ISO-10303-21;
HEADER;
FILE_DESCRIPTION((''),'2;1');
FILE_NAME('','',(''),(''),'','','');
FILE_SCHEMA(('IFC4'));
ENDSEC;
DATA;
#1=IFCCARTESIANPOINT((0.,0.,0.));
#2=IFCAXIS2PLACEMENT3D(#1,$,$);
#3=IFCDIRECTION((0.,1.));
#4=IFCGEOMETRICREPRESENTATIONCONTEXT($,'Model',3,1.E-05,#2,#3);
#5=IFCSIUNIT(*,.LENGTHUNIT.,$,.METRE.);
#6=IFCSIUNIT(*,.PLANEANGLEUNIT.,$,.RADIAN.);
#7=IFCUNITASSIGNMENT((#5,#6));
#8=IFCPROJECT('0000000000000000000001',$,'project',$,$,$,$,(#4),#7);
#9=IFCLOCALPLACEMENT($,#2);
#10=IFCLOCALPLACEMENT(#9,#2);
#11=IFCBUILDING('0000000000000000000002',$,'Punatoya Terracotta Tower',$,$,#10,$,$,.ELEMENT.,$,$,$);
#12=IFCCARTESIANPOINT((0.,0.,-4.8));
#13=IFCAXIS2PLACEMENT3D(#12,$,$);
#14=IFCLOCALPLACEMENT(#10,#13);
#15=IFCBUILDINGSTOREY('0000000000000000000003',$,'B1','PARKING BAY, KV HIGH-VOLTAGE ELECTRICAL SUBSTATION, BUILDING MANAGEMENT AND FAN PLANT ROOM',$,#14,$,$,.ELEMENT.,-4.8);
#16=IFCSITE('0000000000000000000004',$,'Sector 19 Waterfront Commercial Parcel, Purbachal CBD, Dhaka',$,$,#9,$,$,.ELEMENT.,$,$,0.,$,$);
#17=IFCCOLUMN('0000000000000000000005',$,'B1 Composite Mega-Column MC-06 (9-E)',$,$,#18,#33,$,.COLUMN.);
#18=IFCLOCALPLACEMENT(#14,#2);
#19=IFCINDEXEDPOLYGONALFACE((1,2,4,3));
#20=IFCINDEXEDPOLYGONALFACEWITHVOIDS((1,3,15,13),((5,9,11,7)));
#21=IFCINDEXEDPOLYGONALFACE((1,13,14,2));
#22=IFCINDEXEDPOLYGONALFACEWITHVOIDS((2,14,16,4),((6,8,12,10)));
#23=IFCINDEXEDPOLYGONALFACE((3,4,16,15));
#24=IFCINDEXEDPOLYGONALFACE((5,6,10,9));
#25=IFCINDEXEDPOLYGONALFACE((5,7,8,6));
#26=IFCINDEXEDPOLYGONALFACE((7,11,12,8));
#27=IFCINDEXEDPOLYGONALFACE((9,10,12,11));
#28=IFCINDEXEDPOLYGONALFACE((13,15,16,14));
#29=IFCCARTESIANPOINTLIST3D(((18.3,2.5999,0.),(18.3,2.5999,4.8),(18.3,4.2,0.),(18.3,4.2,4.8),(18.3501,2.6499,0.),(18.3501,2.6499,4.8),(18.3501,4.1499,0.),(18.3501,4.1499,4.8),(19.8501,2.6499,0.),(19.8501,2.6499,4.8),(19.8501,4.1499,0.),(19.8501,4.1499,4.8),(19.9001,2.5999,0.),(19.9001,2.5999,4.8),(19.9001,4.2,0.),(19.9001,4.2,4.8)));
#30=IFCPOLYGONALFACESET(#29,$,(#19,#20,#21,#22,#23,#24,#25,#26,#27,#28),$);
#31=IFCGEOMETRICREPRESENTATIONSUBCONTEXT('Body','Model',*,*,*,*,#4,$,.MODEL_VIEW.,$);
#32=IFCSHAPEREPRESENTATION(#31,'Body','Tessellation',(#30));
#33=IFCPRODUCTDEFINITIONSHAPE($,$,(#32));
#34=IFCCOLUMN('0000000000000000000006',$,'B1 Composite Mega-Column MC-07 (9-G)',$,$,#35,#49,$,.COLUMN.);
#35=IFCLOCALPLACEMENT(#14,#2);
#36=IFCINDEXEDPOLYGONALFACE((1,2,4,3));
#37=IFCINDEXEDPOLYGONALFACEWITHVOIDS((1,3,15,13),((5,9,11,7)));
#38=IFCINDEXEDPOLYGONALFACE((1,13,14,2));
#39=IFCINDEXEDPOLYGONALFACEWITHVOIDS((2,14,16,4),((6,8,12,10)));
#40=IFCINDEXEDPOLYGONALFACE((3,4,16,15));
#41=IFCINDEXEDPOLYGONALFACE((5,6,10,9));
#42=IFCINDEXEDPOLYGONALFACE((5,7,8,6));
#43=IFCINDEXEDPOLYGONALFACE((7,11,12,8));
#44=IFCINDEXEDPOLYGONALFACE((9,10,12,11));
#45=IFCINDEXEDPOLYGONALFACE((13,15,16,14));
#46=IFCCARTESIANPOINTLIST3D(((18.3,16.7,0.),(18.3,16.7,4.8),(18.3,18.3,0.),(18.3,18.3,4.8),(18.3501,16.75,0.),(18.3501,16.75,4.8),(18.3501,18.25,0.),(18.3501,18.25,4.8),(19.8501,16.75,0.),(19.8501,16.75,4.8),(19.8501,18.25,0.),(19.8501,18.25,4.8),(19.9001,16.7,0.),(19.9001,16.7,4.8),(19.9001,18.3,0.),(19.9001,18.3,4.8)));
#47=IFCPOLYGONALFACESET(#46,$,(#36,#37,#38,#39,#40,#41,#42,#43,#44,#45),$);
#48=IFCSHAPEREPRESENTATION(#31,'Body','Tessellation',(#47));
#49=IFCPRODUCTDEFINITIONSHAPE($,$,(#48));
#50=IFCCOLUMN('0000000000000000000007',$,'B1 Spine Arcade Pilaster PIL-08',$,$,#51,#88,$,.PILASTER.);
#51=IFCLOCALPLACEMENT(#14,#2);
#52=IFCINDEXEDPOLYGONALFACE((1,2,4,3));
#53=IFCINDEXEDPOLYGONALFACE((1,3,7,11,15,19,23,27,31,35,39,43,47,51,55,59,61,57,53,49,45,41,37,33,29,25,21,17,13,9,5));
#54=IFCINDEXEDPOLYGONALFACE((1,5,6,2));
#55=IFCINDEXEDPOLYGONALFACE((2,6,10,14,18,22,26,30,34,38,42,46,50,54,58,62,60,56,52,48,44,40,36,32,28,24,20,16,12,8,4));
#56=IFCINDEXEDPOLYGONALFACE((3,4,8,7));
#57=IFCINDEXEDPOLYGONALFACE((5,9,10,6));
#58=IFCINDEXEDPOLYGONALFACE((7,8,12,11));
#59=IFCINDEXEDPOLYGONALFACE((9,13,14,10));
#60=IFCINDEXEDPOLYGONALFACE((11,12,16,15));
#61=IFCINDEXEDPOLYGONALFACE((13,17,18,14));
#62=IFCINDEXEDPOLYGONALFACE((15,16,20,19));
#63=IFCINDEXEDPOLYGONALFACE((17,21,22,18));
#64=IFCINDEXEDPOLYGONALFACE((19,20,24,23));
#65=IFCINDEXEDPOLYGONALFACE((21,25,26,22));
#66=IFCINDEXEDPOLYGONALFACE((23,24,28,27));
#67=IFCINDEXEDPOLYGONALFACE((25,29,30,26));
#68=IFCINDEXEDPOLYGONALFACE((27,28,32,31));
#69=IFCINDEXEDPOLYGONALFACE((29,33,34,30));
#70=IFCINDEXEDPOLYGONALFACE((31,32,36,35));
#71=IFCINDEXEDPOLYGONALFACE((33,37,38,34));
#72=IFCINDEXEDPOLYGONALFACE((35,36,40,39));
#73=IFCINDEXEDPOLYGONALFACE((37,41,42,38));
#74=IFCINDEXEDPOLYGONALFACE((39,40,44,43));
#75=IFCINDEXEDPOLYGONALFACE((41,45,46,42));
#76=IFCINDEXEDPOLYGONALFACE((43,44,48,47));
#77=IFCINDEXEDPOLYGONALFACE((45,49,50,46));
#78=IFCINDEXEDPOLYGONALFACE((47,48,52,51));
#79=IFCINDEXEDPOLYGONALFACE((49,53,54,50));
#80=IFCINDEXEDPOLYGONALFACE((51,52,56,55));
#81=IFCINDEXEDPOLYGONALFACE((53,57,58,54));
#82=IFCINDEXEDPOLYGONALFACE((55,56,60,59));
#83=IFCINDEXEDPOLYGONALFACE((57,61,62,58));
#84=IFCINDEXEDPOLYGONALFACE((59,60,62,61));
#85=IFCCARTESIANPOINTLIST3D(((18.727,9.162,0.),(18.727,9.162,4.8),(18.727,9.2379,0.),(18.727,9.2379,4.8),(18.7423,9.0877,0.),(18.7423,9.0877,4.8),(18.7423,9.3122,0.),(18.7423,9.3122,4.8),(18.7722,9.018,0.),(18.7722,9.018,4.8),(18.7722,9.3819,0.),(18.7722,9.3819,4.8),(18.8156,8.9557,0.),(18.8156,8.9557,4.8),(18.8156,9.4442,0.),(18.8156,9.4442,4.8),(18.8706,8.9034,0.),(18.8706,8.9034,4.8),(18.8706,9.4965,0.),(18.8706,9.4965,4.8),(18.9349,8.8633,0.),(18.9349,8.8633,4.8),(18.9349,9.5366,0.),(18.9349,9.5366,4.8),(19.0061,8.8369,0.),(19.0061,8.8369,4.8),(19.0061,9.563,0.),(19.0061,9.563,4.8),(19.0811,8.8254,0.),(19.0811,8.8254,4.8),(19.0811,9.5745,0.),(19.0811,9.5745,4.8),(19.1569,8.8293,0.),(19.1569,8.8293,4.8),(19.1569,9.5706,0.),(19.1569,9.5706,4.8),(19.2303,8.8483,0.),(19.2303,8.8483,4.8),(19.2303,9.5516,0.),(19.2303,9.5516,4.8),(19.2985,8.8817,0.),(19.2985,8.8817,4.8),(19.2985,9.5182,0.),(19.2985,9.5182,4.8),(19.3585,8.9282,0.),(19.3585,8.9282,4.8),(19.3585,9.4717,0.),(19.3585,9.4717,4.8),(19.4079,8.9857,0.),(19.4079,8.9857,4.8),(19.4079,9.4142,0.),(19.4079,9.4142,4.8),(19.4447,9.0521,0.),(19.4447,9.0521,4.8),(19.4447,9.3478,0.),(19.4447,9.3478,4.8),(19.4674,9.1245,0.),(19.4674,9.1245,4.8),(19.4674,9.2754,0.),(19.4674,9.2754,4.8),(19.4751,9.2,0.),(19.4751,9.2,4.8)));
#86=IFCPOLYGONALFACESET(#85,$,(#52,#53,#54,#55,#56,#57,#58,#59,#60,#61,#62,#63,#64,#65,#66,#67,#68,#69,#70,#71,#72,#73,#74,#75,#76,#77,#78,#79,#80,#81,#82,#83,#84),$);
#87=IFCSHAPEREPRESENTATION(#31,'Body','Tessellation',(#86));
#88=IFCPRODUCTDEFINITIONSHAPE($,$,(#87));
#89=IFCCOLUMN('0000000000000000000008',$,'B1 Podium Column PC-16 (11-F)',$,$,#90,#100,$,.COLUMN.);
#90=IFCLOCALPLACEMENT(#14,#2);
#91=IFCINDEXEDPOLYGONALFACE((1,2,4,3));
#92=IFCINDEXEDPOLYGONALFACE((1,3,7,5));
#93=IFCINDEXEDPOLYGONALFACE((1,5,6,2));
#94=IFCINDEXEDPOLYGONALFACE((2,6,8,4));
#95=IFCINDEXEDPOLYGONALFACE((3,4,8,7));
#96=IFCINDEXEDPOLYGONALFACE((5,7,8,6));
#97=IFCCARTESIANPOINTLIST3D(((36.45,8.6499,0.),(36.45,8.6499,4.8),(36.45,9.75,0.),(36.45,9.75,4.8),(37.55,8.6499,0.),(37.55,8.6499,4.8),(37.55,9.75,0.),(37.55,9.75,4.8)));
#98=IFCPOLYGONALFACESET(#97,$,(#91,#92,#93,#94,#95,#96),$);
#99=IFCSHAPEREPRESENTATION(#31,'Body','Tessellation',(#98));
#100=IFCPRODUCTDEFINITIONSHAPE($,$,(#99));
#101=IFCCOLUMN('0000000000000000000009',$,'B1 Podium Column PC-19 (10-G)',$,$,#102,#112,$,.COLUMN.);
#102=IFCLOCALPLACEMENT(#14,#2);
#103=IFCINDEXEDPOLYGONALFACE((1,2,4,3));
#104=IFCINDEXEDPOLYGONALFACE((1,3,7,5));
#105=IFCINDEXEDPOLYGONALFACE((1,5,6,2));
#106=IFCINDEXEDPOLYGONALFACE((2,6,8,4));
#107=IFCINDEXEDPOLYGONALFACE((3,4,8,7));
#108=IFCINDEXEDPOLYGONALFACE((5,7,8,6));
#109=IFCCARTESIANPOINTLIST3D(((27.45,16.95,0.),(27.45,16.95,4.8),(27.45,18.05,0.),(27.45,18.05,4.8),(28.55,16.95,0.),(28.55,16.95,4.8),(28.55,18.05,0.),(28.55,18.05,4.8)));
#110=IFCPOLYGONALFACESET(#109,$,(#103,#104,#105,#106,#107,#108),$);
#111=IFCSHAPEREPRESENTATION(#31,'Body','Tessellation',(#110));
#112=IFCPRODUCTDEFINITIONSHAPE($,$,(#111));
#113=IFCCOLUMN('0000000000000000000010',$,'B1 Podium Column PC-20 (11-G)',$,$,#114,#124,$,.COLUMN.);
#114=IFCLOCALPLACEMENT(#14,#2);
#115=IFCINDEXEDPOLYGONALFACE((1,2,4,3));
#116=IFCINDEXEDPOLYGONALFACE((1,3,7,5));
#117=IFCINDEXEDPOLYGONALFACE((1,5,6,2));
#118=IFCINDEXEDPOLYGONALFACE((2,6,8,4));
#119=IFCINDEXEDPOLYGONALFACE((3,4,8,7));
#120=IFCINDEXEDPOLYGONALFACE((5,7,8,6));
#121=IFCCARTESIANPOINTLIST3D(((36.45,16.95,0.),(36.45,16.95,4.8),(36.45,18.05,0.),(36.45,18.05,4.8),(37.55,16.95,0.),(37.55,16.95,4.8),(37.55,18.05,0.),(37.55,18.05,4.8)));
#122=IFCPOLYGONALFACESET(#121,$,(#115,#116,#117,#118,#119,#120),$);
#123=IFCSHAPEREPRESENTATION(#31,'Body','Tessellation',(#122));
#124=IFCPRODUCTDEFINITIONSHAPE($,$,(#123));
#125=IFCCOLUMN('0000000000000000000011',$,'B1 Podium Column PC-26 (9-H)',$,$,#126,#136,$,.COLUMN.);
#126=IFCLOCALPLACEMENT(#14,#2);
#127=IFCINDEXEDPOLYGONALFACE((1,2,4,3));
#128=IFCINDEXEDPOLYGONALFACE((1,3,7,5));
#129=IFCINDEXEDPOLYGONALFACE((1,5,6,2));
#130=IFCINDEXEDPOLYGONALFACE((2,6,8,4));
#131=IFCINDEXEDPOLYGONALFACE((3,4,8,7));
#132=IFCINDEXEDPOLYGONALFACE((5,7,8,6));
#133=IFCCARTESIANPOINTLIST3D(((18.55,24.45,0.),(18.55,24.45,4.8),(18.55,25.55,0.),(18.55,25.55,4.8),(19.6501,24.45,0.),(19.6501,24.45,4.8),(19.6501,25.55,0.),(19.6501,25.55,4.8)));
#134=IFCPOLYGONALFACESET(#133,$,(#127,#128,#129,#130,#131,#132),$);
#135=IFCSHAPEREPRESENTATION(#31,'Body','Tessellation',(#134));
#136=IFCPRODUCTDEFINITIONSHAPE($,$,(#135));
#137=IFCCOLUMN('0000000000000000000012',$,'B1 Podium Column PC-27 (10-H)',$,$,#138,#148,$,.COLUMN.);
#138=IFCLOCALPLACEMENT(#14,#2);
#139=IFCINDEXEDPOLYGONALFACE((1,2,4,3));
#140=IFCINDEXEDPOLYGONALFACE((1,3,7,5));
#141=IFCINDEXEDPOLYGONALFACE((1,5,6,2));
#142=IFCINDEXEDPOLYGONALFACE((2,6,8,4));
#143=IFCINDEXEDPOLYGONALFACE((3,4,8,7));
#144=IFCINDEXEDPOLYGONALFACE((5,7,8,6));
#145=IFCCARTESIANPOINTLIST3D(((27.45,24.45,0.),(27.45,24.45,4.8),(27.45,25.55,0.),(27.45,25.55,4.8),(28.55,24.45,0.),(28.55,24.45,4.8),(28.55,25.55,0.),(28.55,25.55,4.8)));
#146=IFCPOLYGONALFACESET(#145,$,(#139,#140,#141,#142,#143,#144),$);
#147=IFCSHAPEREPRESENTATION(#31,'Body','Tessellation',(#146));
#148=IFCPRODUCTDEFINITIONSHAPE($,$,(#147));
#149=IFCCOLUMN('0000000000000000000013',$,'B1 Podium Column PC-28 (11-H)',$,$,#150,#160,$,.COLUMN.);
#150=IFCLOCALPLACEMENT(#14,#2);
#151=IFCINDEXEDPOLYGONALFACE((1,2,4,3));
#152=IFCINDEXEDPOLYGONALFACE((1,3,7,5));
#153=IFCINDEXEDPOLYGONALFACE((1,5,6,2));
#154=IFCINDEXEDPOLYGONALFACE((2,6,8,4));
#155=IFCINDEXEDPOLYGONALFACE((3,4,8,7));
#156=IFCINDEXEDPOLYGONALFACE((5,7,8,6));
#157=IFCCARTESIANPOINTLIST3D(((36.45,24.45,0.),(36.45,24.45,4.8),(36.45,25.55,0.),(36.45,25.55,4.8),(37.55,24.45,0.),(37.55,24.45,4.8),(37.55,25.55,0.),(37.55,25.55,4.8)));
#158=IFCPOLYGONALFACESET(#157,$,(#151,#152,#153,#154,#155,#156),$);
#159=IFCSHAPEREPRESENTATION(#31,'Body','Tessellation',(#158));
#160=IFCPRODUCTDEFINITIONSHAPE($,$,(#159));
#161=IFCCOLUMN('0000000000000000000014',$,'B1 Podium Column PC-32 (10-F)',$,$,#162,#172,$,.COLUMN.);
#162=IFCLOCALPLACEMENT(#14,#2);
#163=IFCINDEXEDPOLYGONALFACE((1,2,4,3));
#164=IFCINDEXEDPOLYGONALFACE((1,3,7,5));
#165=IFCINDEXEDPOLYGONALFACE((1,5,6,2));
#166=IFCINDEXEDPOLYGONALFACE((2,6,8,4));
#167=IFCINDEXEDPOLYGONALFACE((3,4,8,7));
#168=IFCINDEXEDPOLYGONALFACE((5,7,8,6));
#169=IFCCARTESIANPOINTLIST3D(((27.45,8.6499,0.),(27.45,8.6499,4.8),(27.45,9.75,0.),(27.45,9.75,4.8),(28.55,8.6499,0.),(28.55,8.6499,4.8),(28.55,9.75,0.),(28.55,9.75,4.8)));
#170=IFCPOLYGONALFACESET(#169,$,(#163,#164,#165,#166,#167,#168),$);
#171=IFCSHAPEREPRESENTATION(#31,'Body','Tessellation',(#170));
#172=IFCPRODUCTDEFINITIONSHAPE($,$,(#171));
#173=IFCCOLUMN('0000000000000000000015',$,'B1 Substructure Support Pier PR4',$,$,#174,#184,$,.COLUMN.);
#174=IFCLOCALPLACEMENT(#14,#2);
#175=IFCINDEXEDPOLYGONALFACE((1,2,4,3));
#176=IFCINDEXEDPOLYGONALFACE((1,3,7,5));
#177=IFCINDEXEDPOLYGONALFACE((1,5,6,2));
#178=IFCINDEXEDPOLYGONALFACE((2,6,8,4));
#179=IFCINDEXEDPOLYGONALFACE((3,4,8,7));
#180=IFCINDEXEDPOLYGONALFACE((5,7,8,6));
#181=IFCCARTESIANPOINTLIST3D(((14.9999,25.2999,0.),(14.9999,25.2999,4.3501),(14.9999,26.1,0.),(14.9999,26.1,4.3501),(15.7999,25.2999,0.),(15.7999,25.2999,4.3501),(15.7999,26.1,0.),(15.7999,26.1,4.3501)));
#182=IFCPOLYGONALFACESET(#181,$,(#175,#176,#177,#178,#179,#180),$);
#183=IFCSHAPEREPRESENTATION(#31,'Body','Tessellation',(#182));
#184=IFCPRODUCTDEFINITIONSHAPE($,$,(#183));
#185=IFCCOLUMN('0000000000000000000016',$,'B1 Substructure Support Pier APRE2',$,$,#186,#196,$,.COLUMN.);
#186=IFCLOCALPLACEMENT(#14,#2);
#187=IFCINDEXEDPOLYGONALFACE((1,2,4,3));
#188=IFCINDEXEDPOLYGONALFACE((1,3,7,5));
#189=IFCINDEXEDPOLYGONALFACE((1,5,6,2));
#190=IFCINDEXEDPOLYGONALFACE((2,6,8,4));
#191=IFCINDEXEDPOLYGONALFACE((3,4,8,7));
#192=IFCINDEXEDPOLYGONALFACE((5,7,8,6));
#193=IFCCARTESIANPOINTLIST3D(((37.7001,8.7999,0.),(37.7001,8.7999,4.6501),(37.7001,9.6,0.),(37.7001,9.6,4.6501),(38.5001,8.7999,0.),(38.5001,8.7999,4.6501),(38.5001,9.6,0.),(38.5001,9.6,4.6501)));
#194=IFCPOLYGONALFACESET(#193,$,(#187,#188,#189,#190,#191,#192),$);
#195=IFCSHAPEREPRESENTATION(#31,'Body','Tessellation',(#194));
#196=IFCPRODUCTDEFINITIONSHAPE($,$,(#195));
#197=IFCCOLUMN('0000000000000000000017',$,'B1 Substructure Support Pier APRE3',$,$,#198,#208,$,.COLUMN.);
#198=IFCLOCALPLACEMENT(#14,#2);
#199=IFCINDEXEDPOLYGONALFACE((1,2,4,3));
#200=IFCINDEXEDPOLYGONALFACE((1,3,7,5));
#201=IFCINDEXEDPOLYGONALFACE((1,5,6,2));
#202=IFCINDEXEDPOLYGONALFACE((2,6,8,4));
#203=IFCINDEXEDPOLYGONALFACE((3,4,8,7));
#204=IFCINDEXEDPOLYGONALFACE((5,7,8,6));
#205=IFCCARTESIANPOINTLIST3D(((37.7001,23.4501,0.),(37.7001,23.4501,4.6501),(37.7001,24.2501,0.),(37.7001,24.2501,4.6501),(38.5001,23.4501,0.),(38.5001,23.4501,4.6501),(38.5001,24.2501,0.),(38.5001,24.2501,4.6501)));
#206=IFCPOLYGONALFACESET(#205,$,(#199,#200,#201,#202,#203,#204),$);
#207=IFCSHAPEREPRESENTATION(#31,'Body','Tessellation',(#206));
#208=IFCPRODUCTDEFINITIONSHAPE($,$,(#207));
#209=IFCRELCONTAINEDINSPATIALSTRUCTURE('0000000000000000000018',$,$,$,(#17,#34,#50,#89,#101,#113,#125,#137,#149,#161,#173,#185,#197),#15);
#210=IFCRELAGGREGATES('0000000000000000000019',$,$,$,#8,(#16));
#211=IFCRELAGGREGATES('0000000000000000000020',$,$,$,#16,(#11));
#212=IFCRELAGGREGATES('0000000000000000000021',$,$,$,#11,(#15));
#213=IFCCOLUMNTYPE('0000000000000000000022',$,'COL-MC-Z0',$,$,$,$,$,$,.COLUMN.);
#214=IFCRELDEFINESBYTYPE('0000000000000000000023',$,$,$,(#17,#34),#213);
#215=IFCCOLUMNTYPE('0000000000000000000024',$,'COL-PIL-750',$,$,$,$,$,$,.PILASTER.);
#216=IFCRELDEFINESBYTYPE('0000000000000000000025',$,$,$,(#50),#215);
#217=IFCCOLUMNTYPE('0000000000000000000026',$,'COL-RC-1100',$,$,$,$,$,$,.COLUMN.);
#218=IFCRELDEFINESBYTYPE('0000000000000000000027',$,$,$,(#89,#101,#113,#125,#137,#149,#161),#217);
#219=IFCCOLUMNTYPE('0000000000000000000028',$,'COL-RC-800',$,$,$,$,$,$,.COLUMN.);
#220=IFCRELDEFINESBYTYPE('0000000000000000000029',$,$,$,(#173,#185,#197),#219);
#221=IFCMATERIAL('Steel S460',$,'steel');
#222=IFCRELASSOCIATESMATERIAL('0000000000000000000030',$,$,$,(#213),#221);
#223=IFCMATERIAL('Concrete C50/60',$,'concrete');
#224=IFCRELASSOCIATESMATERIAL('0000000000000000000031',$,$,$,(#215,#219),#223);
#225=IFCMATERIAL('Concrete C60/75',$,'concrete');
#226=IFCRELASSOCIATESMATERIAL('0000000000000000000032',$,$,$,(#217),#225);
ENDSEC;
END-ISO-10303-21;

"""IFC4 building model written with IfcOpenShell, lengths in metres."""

from ifc_helpers import new_model, si_unit, direction, frame, origin, origin_2d, place, context, subcontext, project, spatial, rectangle, hollow_rectangle, circle, extrude, material, material_profile, profile_set, type_object, element, save


model = new_model("IFC4")

# Units and contexts
model_context = context("Model", 3, precision=1e-05, world=origin(), true_north=direction((0.0, 1.0)))
body_context = subcontext(model_context, "Body", "Model", "MODEL_VIEW")
ifc_project = project(units=[si_unit("LENGTHUNIT", "METRE"), si_unit("PLANEANGLEUNIT", "RADIAN")], contexts=[model_context])

# Site, building, storey
site_placement = place(None, origin())
site = spatial("IfcSite", under=ifc_project, at=site_placement, Name="Sector 19 Waterfront Commercial Parcel, Purbachal CBD, Dhaka", CompositionType="ELEMENT", RefElevation=0.0)
building_placement = place(site_placement, origin())
building = spatial("IfcBuilding", under=site, at=building_placement, Name="Punatoya Terracotta Tower", CompositionType="ELEMENT")
storey_placement = place(building_placement, frame((0.0, 0.0, -4.8)))
storey = spatial("IfcBuildingStorey", under=building, at=storey_placement, Name="B1", Description="PARKING BAY, KV HIGH-VOLTAGE ELECTRICAL SUBSTATION, BUILDING MANAGEMENT AND FAN PLANT ROOM", CompositionType="ELEMENT", Elevation=-4.8)

# Columns
ifc_material_1 = material(Name="Steel S460", Category="steel")
ifc_material_profile_1 = material_profile(ifc_material_1, hollow_rectangle(XDim=1.6001, YDim=1.6001, WallThickness=0.05, at=origin_2d()))
ifc_profile_set_1 = profile_set([ifc_material_profile_1], Name="Steel S460")
column_type_1 = type_object("IfcColumnType", Name="COL-MC-Z0", PredefinedType="COLUMN", material=ifc_profile_set_1)
for number, where, z_axis, x_axis, name in (
    (1, (19.1001, 3.3999, 0.0), (0.0, 0.0, 1.0), (1.0, 0.0, 0.0), "B1 Composite Mega-Column MC-06 (9-E)"),
    (2, (19.1001, 17.5, 0.0), (0.0, 0.0, 1.0), (1.0, 0.0, 0.0), "B1 Composite Mega-Column MC-07 (9-G)"),
):
    element("IfcColumn", number, at=place(storey_placement, frame(where, z_axis=z_axis, x_axis=x_axis)), inside=storey, type_object=column_type_1, Name=name, PredefinedType="COLUMN", context=body_context, shape_type="SweptSolid", body=[
        extrude(hollow_rectangle(XDim=1.6001, YDim=1.6001, WallThickness=0.05, at=origin_2d()), origin(), (0.0, 0.0, 1.0), 4.8),
    ])
ifc_material_2 = material(Name="Concrete C50/60", Category="concrete")
ifc_material_profile_2 = material_profile(ifc_material_2, circle(Radius=0.375, at=origin_2d()))
ifc_profile_set_2 = profile_set([ifc_material_profile_2], Name="Concrete C50/60")
column_type_2 = type_object("IfcColumnType", Name="COL-PIL-750", PredefinedType="PILASTER", material=ifc_profile_set_2)
column_1_placement = place(storey_placement, frame((19.1001, 9.2, 0.0), z_axis=(0.0, 0.0, 1.0), x_axis=(1.0, 0.0, 0.0)))
element("IfcColumn", 3, at=column_1_placement, inside=storey, type_object=column_type_2, Name="B1 Spine Arcade Pilaster PIL-08", PredefinedType="PILASTER", context=body_context, shape_type="SweptSolid", body=[
    extrude(circle(Radius=0.375, at=origin_2d()), origin(), (0.0, 0.0, 1.0), 4.8),
])
ifc_material_3 = material(Name="Concrete C60/75", Category="concrete")
ifc_material_profile_3 = material_profile(ifc_material_3, rectangle(XDim=1.1001, YDim=1.1001, at=origin_2d()))
ifc_profile_set_3 = profile_set([ifc_material_profile_3], Name="Concrete C60/75")
column_type_3 = type_object("IfcColumnType", Name="COL-RC-1100", PredefinedType="COLUMN", material=ifc_profile_set_3)
for number, where, z_axis, x_axis, name in (
    (4, (37.0, 9.2, 0.0), (0.0, 0.0, 1.0), (1.0, 0.0, 0.0), "B1 Podium Column PC-16 (11-F)"),
    (5, (28.0, 17.5, 0.0), (0.0, 0.0, 1.0), (1.0, 0.0, 0.0), "B1 Podium Column PC-19 (10-G)"),
    (6, (37.0, 17.5, 0.0), (0.0, 0.0, 1.0), (1.0, 0.0, 0.0), "B1 Podium Column PC-20 (11-G)"),
    (7, (19.1001, 25.0, 0.0), (0.0, 0.0, 1.0), (1.0, 0.0, 0.0), "B1 Podium Column PC-26 (9-H)"),
    (8, (28.0, 25.0, 0.0), (0.0, 0.0, 1.0), (1.0, 0.0, 0.0), "B1 Podium Column PC-27 (10-H)"),
    (9, (37.0, 25.0, 0.0), (0.0, 0.0, 1.0), (1.0, 0.0, 0.0), "B1 Podium Column PC-28 (11-H)"),
    (10, (28.0, 9.2, 0.0), (0.0, 0.0, 1.0), (1.0, 0.0, 0.0), "B1 Podium Column PC-32 (10-F)"),
):
    element("IfcColumn", number, at=place(storey_placement, frame(where, z_axis=z_axis, x_axis=x_axis)), inside=storey, type_object=column_type_3, Name=name, PredefinedType="COLUMN", context=body_context, shape_type="SweptSolid", body=[
        extrude(rectangle(XDim=1.1001, YDim=1.1001, at=origin_2d()), origin(), (0.0, 0.0, 1.0), 4.8),
    ])
ifc_material_profile_4 = material_profile(ifc_material_2, rectangle(XDim=0.8, YDim=0.8, at=origin_2d()))
ifc_profile_set_4 = profile_set([ifc_material_profile_4], Name="Concrete C50/60")
column_type_4 = type_object("IfcColumnType", Name="COL-RC-800", PredefinedType="COLUMN", material=ifc_profile_set_4)
column_2_placement = place(storey_placement, frame((15.3999, 25.7, 0.0), z_axis=(0.0, 0.0, 1.0), x_axis=(1.0, 0.0, 0.0)))
element("IfcColumn", 11, at=column_2_placement, inside=storey, type_object=column_type_4, Name="B1 Substructure Support Pier PR4", PredefinedType="COLUMN", context=body_context, shape_type="SweptSolid", body=[
    extrude(rectangle(XDim=0.8, YDim=0.8, at=origin_2d()), origin(), (0.0, 0.0, 1.0), 4.3501),
])
for number, where, z_axis, x_axis, name in (
    (12, (38.1001, 9.2, 0.0), (0.0, 0.0, 1.0), (1.0, 0.0, 0.0), "B1 Substructure Support Pier APRE2"),
    (13, (38.1001, 23.8501, 0.0), (0.0, 0.0, 1.0), (1.0, 0.0, 0.0), "B1 Substructure Support Pier APRE3"),
):
    element("IfcColumn", number, at=place(storey_placement, frame(where, z_axis=z_axis, x_axis=x_axis)), inside=storey, type_object=column_type_4, Name=name, PredefinedType="COLUMN", context=body_context, shape_type="SweptSolid", body=[
        extrude(rectangle(XDim=0.8, YDim=0.8, at=origin_2d()), origin(), (0.0, 0.0, 1.0), 4.6501),
    ])

save(model, "model.ifc")
